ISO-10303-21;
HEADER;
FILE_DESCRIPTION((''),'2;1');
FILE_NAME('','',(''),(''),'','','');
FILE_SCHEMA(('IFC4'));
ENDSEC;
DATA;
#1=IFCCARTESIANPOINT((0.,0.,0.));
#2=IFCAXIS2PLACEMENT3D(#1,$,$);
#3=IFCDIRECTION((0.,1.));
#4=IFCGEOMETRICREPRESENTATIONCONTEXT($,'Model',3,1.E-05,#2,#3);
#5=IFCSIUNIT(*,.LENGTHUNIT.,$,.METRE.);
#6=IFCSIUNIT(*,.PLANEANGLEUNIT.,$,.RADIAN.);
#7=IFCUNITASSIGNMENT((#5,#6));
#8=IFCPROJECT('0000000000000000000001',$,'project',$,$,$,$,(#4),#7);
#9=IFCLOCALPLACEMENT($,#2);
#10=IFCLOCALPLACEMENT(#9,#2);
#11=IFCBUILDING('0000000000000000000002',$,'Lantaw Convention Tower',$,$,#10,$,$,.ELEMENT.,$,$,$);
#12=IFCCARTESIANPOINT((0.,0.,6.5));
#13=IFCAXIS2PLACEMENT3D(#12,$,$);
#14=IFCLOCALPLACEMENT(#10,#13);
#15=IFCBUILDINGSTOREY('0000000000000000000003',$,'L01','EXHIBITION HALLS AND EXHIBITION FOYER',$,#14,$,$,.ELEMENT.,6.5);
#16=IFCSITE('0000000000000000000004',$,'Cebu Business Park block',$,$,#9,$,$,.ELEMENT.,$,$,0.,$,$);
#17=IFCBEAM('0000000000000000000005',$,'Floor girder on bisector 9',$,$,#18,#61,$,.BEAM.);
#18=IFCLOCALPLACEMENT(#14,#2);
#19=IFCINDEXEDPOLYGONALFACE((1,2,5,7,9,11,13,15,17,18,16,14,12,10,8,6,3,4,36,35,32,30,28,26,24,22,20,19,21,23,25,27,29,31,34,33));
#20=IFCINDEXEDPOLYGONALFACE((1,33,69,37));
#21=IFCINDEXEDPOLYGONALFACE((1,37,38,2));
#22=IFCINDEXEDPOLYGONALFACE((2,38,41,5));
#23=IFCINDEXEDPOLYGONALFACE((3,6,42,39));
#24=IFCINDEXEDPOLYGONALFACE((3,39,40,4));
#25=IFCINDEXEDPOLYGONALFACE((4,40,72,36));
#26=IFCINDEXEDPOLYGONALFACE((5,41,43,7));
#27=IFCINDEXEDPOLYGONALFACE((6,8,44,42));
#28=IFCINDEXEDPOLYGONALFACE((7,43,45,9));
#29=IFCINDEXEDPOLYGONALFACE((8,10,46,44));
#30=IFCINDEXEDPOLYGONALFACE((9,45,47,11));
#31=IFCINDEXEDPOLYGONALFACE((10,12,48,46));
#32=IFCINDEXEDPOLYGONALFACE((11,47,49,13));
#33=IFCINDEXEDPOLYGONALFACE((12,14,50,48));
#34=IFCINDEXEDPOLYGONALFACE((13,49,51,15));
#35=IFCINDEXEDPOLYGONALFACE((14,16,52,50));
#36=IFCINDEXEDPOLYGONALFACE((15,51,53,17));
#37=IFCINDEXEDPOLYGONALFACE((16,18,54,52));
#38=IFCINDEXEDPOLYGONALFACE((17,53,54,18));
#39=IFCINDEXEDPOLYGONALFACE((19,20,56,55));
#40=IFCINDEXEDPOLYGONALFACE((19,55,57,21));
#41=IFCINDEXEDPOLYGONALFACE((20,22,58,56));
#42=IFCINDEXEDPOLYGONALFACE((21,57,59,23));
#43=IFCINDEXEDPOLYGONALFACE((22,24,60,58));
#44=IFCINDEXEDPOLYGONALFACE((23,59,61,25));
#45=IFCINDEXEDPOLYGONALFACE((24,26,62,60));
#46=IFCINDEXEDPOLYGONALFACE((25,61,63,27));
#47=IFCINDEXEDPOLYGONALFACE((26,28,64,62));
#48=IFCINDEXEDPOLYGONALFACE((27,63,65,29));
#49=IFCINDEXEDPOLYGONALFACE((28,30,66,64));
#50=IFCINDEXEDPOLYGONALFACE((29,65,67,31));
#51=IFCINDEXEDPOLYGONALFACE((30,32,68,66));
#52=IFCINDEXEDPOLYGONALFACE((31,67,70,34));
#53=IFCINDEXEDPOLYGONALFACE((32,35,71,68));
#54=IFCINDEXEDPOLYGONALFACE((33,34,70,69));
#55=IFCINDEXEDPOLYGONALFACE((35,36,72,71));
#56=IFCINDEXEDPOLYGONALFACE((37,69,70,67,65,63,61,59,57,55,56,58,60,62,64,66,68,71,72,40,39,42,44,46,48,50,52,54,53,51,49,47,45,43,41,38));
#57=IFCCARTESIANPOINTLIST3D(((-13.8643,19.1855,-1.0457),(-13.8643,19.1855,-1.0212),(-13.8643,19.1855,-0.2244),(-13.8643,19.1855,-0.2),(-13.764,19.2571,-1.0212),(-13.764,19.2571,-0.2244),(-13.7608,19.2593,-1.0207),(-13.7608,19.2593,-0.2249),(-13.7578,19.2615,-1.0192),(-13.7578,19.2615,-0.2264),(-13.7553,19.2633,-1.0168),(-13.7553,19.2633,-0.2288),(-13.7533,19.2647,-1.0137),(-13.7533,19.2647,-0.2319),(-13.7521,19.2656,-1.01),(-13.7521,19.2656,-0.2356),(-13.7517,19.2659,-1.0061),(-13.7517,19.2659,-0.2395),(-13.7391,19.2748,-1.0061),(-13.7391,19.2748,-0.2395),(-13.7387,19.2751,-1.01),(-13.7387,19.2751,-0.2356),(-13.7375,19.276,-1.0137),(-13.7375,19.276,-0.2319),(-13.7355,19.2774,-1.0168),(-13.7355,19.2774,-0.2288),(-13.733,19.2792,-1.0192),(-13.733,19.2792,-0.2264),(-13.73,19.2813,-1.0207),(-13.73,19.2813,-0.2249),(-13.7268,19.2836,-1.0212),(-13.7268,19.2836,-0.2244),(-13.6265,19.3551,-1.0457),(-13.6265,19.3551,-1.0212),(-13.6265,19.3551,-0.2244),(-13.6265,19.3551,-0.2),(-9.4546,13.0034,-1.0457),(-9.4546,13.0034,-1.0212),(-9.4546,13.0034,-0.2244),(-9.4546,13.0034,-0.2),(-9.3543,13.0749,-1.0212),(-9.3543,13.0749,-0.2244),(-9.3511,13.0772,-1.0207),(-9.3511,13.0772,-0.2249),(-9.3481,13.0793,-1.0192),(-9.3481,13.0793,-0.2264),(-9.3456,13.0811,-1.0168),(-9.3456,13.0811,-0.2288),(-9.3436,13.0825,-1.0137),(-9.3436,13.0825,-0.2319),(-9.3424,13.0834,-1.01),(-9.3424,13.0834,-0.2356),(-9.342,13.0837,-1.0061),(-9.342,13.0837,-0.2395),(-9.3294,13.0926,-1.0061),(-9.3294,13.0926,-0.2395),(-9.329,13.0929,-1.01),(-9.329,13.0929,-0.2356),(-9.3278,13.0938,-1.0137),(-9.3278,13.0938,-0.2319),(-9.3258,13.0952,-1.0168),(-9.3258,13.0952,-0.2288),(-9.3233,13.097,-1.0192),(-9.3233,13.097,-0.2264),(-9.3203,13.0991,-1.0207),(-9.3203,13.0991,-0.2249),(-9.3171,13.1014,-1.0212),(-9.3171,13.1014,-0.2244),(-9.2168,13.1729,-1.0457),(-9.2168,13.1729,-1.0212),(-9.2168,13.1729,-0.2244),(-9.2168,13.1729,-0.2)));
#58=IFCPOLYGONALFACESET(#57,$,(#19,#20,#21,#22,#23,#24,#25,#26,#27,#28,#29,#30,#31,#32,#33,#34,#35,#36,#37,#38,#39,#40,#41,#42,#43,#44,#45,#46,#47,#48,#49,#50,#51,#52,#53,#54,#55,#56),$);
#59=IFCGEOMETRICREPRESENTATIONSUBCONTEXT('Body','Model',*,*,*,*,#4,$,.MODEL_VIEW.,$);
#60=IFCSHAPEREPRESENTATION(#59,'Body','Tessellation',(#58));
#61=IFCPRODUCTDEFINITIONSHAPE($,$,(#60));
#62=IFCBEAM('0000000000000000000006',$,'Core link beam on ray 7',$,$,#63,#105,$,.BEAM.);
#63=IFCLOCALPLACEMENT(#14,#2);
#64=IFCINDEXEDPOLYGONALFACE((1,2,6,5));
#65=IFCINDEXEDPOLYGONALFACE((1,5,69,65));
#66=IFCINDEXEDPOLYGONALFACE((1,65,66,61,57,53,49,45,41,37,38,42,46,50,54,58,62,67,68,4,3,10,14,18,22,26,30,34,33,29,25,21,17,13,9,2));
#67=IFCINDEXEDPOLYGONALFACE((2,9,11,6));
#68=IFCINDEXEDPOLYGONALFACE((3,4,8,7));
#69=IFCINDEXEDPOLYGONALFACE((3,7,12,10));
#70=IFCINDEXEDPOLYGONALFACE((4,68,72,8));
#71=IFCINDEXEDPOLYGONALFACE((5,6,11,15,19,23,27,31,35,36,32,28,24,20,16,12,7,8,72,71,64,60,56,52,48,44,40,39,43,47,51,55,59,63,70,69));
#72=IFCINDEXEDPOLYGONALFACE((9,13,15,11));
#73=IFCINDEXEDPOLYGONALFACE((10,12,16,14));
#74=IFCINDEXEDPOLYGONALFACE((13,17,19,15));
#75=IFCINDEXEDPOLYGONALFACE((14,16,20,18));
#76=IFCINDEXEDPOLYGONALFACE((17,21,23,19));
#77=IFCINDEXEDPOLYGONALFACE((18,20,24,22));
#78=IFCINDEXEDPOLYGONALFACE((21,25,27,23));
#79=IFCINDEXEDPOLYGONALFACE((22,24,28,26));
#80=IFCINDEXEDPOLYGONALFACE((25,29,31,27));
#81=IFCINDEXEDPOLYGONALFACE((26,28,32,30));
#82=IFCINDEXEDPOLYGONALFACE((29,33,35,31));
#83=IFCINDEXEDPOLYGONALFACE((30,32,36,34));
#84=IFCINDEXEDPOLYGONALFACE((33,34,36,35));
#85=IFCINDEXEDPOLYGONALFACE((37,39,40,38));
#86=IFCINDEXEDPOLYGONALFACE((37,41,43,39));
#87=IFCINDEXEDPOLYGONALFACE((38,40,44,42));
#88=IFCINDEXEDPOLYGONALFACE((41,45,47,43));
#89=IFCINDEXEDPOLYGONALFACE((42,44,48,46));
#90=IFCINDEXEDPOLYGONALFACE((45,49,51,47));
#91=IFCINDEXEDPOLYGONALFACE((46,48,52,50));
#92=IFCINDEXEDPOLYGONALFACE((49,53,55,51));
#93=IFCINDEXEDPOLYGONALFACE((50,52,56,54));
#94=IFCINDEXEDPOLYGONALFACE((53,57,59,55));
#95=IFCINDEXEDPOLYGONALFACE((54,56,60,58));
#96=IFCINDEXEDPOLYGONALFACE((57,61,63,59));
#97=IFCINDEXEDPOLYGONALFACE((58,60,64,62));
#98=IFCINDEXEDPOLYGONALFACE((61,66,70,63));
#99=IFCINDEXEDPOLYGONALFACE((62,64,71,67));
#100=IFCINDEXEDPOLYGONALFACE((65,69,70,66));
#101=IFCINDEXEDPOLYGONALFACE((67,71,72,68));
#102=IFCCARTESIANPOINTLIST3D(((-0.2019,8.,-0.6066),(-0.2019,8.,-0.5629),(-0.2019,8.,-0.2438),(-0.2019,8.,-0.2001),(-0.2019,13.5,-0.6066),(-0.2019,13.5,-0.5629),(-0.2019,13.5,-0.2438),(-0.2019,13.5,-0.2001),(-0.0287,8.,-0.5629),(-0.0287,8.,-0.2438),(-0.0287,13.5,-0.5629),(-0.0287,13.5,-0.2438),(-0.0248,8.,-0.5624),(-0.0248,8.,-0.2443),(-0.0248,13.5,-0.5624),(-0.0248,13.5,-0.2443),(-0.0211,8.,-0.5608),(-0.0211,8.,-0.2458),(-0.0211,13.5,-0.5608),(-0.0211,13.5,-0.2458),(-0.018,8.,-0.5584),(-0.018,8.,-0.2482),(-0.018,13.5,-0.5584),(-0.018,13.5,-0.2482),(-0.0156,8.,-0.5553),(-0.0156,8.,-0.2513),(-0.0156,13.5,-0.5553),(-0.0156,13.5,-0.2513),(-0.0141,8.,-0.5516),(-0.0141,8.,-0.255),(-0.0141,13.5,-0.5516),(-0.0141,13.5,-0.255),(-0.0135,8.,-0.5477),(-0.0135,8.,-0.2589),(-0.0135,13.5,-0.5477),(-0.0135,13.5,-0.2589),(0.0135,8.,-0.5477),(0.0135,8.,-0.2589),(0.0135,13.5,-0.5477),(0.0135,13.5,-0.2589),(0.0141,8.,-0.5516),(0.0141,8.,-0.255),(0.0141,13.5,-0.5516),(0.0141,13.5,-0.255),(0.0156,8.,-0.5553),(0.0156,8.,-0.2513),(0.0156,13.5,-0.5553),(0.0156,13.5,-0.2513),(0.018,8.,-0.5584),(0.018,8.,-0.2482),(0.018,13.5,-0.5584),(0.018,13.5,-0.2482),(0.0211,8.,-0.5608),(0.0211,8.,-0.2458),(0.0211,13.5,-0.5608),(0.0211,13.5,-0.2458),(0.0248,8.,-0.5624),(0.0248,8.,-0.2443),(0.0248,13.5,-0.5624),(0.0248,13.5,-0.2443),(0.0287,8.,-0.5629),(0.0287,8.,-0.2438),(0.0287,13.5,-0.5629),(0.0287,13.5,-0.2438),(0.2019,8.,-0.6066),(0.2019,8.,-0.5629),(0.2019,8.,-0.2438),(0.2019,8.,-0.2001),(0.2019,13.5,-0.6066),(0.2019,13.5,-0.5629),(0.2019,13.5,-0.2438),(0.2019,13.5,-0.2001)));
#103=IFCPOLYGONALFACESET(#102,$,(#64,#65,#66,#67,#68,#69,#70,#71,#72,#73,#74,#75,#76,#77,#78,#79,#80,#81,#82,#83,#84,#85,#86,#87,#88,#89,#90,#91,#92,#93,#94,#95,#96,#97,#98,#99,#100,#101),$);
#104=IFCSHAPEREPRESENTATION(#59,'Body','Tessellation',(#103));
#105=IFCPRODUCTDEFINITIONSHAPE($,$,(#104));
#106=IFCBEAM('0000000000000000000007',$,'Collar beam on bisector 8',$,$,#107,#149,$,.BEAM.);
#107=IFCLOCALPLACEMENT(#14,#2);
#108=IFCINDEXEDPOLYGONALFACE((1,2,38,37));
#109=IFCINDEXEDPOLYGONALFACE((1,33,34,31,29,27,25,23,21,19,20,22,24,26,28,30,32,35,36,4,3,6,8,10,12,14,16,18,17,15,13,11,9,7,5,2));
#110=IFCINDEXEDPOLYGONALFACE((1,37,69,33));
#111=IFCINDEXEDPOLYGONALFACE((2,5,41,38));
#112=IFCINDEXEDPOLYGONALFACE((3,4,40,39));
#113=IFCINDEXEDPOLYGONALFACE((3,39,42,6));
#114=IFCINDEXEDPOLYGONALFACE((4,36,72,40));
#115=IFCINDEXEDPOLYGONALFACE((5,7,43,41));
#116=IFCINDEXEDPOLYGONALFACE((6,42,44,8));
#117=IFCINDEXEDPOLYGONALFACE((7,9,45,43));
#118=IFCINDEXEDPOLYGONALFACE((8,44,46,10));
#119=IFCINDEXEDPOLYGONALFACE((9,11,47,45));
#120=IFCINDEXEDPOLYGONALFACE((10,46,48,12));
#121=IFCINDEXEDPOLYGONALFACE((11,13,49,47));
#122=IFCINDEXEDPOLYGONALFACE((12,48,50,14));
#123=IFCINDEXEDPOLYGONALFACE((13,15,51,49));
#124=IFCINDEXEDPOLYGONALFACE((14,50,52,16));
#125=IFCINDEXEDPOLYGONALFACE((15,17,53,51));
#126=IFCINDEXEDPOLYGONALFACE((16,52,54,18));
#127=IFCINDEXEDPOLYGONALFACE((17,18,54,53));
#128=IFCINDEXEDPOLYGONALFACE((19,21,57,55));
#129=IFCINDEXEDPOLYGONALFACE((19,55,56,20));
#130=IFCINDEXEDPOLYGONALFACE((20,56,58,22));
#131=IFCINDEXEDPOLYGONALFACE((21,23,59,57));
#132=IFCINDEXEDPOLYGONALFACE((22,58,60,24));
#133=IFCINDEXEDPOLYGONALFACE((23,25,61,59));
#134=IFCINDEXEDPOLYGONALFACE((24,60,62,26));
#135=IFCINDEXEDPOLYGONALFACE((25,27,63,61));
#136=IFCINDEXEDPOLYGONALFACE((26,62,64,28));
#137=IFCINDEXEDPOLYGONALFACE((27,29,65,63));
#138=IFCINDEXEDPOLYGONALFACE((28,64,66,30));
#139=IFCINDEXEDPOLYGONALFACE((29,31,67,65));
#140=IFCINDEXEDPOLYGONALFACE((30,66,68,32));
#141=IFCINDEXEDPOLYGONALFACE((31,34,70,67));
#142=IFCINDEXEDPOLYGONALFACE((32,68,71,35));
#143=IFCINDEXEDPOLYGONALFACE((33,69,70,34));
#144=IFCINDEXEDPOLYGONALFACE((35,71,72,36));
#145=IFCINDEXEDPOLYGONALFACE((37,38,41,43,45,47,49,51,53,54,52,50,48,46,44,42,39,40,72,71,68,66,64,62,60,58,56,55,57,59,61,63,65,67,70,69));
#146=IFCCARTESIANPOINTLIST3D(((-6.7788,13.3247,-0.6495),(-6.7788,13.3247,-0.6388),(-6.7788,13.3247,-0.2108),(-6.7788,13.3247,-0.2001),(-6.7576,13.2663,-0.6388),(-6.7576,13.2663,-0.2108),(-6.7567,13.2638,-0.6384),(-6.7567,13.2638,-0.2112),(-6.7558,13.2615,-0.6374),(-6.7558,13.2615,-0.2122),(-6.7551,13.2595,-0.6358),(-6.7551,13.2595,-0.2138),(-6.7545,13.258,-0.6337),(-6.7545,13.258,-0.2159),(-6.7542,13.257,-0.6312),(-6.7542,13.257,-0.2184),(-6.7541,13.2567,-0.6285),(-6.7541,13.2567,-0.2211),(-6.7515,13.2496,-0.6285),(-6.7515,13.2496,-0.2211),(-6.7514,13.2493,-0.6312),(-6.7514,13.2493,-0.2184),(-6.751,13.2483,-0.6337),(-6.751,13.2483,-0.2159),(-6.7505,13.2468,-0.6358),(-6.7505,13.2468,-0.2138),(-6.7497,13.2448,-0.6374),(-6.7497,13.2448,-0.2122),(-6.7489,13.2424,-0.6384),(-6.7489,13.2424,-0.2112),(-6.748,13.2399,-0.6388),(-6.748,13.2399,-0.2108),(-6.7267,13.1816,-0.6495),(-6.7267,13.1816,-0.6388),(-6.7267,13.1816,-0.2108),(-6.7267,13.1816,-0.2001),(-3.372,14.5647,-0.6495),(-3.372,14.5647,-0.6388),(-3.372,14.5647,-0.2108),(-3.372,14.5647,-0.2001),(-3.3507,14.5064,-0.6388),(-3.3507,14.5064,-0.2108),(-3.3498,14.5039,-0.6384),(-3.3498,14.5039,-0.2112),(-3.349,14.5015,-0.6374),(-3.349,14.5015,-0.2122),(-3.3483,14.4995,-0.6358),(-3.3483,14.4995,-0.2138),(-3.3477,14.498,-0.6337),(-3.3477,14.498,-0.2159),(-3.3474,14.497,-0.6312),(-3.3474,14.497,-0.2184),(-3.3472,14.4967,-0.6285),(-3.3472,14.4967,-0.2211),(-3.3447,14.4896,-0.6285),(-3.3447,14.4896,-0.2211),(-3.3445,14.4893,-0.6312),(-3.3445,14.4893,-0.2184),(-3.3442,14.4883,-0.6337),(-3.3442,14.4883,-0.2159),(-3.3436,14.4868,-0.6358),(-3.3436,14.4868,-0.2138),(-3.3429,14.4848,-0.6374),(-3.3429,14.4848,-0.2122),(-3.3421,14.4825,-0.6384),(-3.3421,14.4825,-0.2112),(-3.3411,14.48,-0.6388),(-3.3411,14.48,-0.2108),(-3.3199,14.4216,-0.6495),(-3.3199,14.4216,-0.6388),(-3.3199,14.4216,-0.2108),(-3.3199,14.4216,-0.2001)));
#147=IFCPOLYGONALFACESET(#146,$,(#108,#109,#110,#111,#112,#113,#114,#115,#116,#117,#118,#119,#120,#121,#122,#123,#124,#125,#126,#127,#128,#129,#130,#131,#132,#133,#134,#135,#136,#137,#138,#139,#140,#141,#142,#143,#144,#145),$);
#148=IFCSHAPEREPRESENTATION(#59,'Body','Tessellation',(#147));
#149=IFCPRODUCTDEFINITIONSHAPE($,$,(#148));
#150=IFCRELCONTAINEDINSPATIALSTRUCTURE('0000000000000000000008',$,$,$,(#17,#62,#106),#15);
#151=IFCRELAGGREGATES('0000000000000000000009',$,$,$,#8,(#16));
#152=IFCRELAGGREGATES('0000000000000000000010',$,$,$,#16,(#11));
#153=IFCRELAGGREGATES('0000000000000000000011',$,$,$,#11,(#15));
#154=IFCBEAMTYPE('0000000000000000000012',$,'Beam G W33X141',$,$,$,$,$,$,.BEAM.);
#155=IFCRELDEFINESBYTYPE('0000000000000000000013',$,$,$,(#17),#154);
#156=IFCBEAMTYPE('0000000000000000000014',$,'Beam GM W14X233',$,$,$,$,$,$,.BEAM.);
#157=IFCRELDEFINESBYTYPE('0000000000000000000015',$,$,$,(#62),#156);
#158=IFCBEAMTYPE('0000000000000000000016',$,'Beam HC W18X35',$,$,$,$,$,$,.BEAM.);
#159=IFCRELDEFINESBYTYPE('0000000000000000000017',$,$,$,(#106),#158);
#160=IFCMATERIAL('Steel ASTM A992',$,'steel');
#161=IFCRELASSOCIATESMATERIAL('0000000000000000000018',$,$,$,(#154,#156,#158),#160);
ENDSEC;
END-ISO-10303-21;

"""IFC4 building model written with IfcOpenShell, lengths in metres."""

from ifc_helpers import new_model, si_unit, direction, frame, origin, origin_2d, place, context, subcontext, project, spatial, i_section, extrude, material, material_profile, profile_set, type_object, element, save


model = new_model("IFC4")

# Units and contexts
model_context = context("Model", 3, precision=1e-05, world=origin(), true_north=direction((0.0, 1.0)))
body_context = subcontext(model_context, "Body", "Model", "MODEL_VIEW")
ifc_project = project(units=[si_unit("LENGTHUNIT", "METRE"), si_unit("PLANEANGLEUNIT", "RADIAN")], contexts=[model_context])

# Site, building, storey
site_placement = place(None, origin())
site = spatial("IfcSite", under=ifc_project, at=site_placement, Name="Cebu Business Park block", CompositionType="ELEMENT", RefElevation=0.0)
building_placement = place(site_placement, origin())
building = spatial("IfcBuilding", under=site, at=building_placement, Name="Lantaw Convention Tower", CompositionType="ELEMENT")
storey_placement = place(building_placement, frame((0.0, 0.0, 6.5)))
storey = spatial("IfcBuildingStorey", under=building, at=storey_placement, Name="L01", Description="EXHIBITION HALLS AND EXHIBITION FOYER", CompositionType="ELEMENT", Elevation=6.5)

# Beams
ifc_material_1 = material(Name="Steel ASTM A992", Category="steel")
ifc_material_profile_1 = material_profile(ifc_material_1, i_section(OverallWidth=0.292, OverallDepth=0.8457, WebThickness=0.0154, FlangeThickness=0.0244, FilletRadius=0.0151, at=origin_2d()), Name="W33X141")
ifc_profile_set_1 = profile_set([ifc_material_profile_1], Name="Steel ASTM A992")
beam_type_1 = type_object("IfcBeamType", Name="Beam G W33X141", PredefinedType="BEAM", material=ifc_profile_set_1)
beam_1_placement = place(storey_placement, frame((-9.3357, 13.0881, -0.6228), z_axis=(-0.580703, 0.814116, 0.0), x_axis=(-0.814116, -0.580703, 0.0)))
element("IfcBeam", 1, at=beam_1_placement, inside=storey, type_object=beam_type_1, Name="Floor girder on bisector 9", PredefinedType="BEAM", context=body_context, shape_type="SweptSolid", body=[
    extrude(i_section(OverallWidth=0.292, OverallDepth=0.8457, WebThickness=0.0154, FlangeThickness=0.0244, FilletRadius=0.0151, at=origin_2d()), origin(), (0.0, 0.0, 1.0), 7.5938),
])
ifc_material_profile_2 = material_profile(ifc_material_1, i_section(OverallWidth=0.4038, OverallDepth=0.4065, WebThickness=0.0271, FlangeThickness=0.0437, FilletRadius=0.0151, at=origin_2d()), Name="W14X233")
ifc_profile_set_2 = profile_set([ifc_material_profile_2], Name="Steel ASTM A992")
beam_type_2 = type_object("IfcBeamType", Name="Beam GM W14X233", PredefinedType="BEAM", material=ifc_profile_set_2)
beam_2_placement = place(storey_placement, frame((0.0, 8.0, -0.4033), z_axis=(0.0, 1.0, 0.0), x_axis=(-1.0, 0.0, 0.0)))
element("IfcBeam", 2, at=beam_2_placement, inside=storey, type_object=beam_type_2, Name="Core link beam on ray 7", PredefinedType="BEAM", context=body_context, shape_type="SweptSolid", body=[
    extrude(i_section(OverallWidth=0.4038, OverallDepth=0.4065, WebThickness=0.0271, FlangeThickness=0.0437, FilletRadius=0.0151, at=origin_2d()), origin(), (0.0, 0.0, 1.0), 5.5),
])
ifc_material_profile_3 = material_profile(ifc_material_1, i_section(OverallWidth=0.1523, OverallDepth=0.4495, WebThickness=0.0076, FlangeThickness=0.0107, FilletRadius=0.0103, at=origin_2d()), Name="W18X35")
ifc_profile_set_3 = profile_set([ifc_material_profile_3], Name="Steel ASTM A992")
beam_type_3 = type_object("IfcBeamType", Name="Beam HC W18X35", PredefinedType="BEAM", material=ifc_profile_set_3)
beam_3_placement = place(storey_placement, frame((-3.3459, 14.4932, -0.4248), z_axis=(-0.939689, -0.34203, 0.0), x_axis=(0.34203, -0.939689, 0.0)))
element("IfcBeam", 3, at=beam_3_placement, inside=storey, type_object=beam_type_3, Name="Collar beam on bisector 8", PredefinedType="BEAM", context=body_context, shape_type="SweptSolid", body=[
    extrude(i_section(OverallWidth=0.1523, OverallDepth=0.4495, WebThickness=0.0076, FlangeThickness=0.0107, FilletRadius=0.0103, at=origin_2d()), origin(), (0.0, 0.0, 1.0), 3.6255),
])

save(model, "model.ifc")
